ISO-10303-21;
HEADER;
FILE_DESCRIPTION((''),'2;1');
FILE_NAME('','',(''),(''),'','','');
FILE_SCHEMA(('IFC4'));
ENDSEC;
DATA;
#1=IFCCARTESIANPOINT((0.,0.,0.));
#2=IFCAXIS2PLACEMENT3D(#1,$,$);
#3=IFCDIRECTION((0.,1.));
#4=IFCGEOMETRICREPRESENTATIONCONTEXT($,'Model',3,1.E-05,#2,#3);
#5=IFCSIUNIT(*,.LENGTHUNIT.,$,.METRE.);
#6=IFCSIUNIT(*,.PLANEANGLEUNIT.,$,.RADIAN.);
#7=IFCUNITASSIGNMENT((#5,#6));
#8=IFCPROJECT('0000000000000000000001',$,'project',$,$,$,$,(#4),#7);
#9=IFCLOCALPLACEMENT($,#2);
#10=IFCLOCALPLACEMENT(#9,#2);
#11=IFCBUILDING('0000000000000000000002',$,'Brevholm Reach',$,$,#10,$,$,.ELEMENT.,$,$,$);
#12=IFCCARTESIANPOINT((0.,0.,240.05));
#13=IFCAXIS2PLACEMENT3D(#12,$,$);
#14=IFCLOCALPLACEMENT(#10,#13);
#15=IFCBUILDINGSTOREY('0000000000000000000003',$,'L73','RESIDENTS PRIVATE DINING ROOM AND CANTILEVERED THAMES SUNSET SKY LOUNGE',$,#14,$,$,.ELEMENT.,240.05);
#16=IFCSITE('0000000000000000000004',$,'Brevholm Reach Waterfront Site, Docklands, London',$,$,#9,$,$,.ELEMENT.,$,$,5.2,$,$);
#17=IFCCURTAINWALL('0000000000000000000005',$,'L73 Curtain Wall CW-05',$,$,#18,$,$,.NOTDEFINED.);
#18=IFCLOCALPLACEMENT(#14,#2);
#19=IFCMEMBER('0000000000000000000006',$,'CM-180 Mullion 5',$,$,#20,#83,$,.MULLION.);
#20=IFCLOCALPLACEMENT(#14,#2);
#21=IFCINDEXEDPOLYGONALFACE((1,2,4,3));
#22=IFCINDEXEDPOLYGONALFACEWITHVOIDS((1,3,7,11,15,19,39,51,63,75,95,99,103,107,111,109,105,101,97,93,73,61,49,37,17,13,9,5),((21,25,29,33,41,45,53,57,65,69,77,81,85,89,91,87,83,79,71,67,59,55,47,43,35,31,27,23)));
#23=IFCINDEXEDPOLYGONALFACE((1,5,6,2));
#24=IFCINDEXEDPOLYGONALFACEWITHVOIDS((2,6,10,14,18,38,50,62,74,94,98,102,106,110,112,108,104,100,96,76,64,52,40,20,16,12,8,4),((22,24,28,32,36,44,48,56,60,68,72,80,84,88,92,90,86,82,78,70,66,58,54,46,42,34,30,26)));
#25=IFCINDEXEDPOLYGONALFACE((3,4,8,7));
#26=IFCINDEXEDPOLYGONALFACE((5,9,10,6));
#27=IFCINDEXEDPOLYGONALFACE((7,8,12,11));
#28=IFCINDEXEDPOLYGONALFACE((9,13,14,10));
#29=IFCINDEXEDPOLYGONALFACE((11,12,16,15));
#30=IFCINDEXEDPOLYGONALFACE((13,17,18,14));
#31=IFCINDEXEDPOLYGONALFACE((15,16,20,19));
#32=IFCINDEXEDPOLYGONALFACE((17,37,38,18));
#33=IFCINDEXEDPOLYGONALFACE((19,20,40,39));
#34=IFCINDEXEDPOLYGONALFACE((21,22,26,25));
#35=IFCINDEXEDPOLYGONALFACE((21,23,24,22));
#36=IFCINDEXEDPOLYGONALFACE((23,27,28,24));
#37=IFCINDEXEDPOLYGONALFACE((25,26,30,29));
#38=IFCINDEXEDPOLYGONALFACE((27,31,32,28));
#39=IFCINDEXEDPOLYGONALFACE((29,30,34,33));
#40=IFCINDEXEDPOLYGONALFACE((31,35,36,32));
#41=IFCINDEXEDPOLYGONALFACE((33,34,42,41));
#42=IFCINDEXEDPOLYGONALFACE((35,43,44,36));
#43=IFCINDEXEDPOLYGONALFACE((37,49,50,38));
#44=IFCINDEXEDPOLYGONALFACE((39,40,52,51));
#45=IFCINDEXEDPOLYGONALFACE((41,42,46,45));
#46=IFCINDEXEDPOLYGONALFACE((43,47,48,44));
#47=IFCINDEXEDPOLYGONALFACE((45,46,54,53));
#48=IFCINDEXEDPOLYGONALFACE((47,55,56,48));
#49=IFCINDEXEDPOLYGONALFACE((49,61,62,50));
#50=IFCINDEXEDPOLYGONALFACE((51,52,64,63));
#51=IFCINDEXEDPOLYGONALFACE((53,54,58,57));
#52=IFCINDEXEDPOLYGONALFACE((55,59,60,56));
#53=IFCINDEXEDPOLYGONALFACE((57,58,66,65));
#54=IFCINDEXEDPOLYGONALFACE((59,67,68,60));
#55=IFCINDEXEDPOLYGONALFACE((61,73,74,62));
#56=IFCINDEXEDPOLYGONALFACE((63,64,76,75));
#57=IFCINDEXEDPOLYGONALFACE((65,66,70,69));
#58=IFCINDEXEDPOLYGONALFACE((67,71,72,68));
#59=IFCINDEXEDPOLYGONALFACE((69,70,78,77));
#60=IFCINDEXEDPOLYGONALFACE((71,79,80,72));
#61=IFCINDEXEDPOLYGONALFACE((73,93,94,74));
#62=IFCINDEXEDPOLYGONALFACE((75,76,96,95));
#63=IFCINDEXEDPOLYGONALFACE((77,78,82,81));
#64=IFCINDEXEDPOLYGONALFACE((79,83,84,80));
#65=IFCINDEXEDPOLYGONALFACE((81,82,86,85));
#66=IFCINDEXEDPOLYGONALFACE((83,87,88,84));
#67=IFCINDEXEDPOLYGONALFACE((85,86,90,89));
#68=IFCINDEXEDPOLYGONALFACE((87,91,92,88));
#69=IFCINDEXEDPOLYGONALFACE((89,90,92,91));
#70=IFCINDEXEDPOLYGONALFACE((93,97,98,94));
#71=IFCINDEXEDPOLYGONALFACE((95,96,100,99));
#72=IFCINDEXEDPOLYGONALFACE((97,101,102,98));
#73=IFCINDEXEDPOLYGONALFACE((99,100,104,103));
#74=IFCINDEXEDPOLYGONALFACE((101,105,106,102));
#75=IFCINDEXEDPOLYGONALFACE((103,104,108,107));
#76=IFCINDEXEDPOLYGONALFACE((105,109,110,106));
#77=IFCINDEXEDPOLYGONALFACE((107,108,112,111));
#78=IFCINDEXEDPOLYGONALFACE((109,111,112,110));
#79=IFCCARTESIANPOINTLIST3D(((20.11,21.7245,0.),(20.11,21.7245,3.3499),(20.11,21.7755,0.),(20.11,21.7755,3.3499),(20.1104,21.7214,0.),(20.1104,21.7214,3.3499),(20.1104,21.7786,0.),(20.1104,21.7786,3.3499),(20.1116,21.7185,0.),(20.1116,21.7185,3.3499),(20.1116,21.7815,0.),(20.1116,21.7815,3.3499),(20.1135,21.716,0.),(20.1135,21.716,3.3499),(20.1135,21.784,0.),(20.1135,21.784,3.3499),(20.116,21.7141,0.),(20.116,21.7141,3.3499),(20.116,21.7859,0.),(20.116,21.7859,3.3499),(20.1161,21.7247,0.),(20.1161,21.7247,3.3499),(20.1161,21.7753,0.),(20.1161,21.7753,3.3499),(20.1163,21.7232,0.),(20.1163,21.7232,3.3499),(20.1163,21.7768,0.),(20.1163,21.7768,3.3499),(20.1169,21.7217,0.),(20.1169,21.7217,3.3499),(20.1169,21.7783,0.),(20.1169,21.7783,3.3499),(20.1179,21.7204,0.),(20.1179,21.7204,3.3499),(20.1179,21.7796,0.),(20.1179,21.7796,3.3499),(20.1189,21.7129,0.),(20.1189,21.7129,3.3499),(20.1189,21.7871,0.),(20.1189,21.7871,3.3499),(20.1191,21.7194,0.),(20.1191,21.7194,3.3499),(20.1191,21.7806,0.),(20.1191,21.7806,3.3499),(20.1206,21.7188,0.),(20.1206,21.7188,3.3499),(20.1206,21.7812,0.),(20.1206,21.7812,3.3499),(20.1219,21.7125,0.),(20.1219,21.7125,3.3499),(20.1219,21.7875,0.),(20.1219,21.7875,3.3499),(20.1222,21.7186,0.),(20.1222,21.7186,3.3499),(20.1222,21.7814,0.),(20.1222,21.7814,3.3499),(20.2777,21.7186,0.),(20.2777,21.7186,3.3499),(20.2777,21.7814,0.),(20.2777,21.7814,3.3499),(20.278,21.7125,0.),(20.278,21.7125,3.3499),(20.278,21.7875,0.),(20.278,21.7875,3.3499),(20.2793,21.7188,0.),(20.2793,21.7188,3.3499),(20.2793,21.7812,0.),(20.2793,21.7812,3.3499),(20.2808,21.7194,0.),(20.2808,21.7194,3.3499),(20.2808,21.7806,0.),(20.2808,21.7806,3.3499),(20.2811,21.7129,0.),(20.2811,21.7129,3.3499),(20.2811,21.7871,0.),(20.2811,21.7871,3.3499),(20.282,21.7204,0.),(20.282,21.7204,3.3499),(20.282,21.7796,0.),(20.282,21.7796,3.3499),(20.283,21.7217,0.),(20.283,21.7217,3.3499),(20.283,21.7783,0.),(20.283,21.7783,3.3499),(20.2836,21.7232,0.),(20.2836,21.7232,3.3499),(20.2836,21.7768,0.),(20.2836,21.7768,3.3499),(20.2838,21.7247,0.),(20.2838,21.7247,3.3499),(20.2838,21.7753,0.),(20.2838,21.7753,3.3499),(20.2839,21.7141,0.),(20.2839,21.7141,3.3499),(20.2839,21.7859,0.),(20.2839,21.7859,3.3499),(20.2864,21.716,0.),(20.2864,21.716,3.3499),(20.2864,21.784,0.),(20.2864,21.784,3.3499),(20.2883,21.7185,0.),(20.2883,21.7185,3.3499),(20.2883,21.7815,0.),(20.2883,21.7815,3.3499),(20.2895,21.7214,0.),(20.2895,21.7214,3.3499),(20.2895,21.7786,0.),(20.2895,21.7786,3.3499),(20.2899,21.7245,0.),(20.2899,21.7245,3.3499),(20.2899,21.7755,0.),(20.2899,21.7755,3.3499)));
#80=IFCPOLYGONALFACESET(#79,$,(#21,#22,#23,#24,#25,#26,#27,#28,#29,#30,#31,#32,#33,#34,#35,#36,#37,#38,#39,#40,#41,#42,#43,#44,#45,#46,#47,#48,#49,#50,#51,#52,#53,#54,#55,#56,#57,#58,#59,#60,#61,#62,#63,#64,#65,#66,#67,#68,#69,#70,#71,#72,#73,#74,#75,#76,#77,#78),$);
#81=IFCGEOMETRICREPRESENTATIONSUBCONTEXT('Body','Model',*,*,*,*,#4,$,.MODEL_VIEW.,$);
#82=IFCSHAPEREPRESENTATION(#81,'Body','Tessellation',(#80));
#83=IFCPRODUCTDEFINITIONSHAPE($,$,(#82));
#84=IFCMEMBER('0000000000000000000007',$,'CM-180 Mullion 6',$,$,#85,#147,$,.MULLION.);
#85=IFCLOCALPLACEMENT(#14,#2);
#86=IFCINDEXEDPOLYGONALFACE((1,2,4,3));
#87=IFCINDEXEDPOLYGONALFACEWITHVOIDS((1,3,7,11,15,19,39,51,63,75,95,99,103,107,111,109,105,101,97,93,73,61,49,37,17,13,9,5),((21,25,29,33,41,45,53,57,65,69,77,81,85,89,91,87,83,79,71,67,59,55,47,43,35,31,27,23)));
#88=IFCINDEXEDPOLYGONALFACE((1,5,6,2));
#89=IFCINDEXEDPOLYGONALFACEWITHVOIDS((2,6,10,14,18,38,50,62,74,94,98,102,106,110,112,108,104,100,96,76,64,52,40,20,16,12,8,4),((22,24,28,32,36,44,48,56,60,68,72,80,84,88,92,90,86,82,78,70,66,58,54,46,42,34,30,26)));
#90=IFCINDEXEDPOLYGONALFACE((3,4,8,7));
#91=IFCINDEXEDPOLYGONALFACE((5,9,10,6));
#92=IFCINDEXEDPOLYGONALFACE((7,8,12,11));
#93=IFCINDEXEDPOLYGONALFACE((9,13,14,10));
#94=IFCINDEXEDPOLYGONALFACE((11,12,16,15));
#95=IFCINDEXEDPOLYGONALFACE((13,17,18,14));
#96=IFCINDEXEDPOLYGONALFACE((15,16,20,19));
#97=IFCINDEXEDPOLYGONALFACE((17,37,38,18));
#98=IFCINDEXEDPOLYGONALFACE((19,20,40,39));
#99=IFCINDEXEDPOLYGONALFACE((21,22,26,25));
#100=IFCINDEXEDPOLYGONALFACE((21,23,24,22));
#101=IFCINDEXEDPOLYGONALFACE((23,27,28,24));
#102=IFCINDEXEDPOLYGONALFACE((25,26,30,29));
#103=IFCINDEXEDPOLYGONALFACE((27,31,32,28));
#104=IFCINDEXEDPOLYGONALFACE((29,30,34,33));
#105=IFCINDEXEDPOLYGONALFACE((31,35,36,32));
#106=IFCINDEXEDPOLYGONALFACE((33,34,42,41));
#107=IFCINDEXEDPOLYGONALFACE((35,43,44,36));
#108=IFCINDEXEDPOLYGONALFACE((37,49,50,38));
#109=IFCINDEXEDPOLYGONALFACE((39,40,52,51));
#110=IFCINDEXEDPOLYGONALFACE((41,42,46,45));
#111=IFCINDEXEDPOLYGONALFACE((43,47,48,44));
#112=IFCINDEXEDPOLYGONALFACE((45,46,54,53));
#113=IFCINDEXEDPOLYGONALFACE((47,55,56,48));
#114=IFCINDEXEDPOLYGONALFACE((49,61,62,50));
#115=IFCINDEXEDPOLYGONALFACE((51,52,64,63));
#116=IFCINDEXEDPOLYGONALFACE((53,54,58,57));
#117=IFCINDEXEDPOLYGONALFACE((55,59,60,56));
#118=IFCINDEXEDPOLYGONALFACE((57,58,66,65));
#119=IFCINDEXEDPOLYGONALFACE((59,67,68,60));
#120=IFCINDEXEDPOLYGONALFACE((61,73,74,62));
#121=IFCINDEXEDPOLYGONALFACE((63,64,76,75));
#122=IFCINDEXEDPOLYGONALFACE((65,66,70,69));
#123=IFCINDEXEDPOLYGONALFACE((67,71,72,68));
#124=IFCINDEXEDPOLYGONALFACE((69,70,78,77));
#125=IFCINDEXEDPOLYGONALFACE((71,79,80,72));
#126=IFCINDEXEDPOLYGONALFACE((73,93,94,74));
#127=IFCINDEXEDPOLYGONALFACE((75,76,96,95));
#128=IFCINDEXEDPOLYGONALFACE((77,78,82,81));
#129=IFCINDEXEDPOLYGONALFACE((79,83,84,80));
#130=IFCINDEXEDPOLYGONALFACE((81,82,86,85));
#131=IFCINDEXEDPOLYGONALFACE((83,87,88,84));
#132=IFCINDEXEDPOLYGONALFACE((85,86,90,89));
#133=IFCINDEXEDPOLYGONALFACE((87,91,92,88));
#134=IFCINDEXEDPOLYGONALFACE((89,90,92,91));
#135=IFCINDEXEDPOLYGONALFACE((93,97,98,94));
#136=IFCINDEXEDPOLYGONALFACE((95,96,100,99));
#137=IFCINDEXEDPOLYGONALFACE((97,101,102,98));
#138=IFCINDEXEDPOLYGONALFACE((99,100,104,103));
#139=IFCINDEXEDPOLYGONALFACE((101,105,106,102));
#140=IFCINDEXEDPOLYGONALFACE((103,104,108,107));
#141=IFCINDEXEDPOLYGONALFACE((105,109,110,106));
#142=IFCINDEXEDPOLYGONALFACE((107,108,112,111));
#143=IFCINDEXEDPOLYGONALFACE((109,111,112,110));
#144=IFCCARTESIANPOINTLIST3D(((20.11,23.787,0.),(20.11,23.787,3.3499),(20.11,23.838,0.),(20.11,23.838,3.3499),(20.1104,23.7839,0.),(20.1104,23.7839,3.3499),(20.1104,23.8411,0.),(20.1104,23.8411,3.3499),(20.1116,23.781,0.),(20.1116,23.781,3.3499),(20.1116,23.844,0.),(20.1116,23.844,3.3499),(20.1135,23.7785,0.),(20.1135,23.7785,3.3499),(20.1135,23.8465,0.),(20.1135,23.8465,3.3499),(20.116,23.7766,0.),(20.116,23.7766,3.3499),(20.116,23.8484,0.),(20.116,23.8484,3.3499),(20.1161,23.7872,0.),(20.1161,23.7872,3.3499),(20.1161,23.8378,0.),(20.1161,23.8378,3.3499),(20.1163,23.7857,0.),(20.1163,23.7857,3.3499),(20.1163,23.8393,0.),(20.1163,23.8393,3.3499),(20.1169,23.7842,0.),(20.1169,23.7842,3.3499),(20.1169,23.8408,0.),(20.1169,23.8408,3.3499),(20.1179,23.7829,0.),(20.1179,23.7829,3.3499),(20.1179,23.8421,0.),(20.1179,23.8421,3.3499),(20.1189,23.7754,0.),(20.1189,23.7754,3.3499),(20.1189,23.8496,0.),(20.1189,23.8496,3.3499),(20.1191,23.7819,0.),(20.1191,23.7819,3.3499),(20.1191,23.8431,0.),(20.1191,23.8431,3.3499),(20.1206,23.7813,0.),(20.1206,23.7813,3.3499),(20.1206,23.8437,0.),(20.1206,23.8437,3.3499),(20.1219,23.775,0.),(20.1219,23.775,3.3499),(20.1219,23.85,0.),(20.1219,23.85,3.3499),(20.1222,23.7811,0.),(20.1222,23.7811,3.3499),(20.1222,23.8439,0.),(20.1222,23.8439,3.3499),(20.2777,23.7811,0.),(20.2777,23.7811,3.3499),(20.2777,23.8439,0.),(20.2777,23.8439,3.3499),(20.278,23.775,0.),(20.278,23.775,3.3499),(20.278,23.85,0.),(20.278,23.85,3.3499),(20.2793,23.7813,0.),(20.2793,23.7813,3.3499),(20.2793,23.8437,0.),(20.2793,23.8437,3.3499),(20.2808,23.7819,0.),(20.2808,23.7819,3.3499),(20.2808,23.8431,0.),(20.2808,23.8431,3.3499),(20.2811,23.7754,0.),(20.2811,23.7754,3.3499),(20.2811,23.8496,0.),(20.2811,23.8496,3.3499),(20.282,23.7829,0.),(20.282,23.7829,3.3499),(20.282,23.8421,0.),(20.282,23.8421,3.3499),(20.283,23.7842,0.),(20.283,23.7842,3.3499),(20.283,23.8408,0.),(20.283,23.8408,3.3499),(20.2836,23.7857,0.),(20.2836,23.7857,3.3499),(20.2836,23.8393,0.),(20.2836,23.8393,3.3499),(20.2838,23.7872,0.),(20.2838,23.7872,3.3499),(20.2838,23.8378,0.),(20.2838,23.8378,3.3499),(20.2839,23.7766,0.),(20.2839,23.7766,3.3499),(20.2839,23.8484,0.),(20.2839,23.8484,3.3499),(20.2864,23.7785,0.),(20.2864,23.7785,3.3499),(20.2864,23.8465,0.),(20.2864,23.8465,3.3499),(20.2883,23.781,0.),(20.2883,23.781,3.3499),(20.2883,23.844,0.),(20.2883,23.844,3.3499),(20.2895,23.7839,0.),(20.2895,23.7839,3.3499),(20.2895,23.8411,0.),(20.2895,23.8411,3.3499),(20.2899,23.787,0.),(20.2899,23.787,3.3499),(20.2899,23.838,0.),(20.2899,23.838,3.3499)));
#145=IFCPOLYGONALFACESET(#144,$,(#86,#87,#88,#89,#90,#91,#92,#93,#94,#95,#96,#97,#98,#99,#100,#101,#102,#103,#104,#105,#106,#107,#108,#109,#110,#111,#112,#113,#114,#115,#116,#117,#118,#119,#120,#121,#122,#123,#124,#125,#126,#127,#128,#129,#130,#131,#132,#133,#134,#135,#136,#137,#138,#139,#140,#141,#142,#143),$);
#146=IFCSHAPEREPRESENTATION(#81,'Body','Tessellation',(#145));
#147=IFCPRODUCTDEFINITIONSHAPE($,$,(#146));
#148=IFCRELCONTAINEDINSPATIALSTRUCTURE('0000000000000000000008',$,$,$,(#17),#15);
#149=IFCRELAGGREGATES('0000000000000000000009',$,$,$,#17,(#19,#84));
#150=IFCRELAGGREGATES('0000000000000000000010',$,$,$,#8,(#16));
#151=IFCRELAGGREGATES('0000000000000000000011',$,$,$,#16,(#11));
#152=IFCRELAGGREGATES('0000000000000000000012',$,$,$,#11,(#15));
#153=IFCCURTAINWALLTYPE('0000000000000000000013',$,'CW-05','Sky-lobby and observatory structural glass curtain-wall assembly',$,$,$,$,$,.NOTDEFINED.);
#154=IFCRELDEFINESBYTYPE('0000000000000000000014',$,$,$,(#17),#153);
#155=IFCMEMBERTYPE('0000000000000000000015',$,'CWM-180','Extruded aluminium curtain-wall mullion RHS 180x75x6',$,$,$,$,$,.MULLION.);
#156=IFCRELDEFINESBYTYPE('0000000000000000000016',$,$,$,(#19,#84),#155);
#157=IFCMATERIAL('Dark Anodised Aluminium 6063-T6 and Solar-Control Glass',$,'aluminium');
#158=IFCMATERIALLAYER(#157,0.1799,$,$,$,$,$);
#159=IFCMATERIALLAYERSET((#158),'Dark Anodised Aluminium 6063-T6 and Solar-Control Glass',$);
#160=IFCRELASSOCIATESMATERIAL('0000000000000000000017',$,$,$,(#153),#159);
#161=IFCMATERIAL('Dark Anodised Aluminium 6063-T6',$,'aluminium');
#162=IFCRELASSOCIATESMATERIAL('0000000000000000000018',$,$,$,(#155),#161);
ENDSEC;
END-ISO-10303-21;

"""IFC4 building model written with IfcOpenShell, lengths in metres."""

from ifc_helpers import new_model, si_unit, direction, frame, origin, origin_2d, place, context, subcontext, project, spatial, hollow_rectangle, extrude, material, layer, layer_set, material_profile, profile_set, type_object, element, aggregate, save


model = new_model("IFC4")

# Units and contexts
model_context = context("Model", 3, precision=1e-05, world=origin(), true_north=direction((0.0, 1.0)))
body_context = subcontext(model_context, "Body", "Model", "MODEL_VIEW")
ifc_project = project(units=[si_unit("LENGTHUNIT", "METRE"), si_unit("PLANEANGLEUNIT", "RADIAN")], contexts=[model_context])

# Site, building, storey
site_placement = place(None, origin())
site = spatial("IfcSite", under=ifc_project, at=site_placement, Name="Brevholm Reach Waterfront Site, Docklands, London", CompositionType="ELEMENT", RefElevation=5.2)
building_placement = place(site_placement, origin())
building = spatial("IfcBuilding", under=site, at=building_placement, Name="Brevholm Reach", CompositionType="ELEMENT")
storey_placement = place(building_placement, frame((0.0, 0.0, 240.05)))
storey = spatial("IfcBuildingStorey", under=building, at=storey_placement, Name="L73", Description="RESIDENTS PRIVATE DINING ROOM AND CANTILEVERED THAMES SUNSET SKY LOUNGE", CompositionType="ELEMENT", Elevation=240.05)

# Curtain wall, members
ifc_material_1 = material(Name="Dark Anodised Aluminium 6063-T6 and Solar-Control Glass", Category="aluminium")
ifc_layer_1 = layer(ifc_material_1, 0.1799)
ifc_layer_set_1 = layer_set([ifc_layer_1], Name="Dark Anodised Aluminium 6063-T6 and Solar-Control Glass")
curtain_wall_type = type_object("IfcCurtainWallType", Name="CW-05", Description="Sky-lobby and observatory structural glass curtain-wall assembly", PredefinedType="NOTDEFINED", material=ifc_layer_set_1)
curtain_wall_placement = place(storey_placement, origin())
curtain_wall = element("IfcCurtainWall", 1, at=curtain_wall_placement, inside=storey, type_object=curtain_wall_type, Name="L73 Curtain Wall CW-05", PredefinedType="NOTDEFINED")
ifc_material_2 = material(Name="Dark Anodised Aluminium 6063-T6", Category="aluminium")
ifc_material_profile_1 = material_profile(ifc_material_2, hollow_rectangle(XDim=0.075, YDim=0.1799, WallThickness=0.0061, InnerFilletRadius=0.0061, OuterFilletRadius=0.012, at=origin_2d()), Name="RHS 180x75x6")
ifc_profile_set_1 = profile_set([ifc_material_profile_1], Name="Dark Anodised Aluminium 6063-T6")
member_type_1 = type_object("IfcMemberType", Name="CWM-180", Description="Extruded aluminium curtain-wall mullion RHS 180x75x6", PredefinedType="MULLION", material=ifc_profile_set_1)
member_1_placement = place(storey_placement, frame((20.2, 21.75, 0.0), z_axis=(0.0, 0.0, 1.0), x_axis=(0.0, 1.0, 0.0)))
member_1 = element("IfcMember", 2, at=member_1_placement, type_object=member_type_1, Name="CM-180 Mullion 5", PredefinedType="MULLION", context=body_context, shape_type="SweptSolid", body=[
    extrude(hollow_rectangle(XDim=0.075, YDim=0.1799, WallThickness=0.0061, InnerFilletRadius=0.0061, OuterFilletRadius=0.012, at=origin_2d()), origin(), (0.0, 0.0, 1.0), 3.3499),
])
member_2_placement = place(storey_placement, frame((20.2, 23.8125, 0.0), z_axis=(0.0, 0.0, 1.0), x_axis=(0.0, 1.0, 0.0)))
member_2 = element("IfcMember", 3, at=member_2_placement, type_object=member_type_1, Name="CM-180 Mullion 6", PredefinedType="MULLION", context=body_context, shape_type="SweptSolid", body=[
    extrude(hollow_rectangle(XDim=0.075, YDim=0.1799, WallThickness=0.0061, InnerFilletRadius=0.0061, OuterFilletRadius=0.012, at=origin_2d()), origin(), (0.0, 0.0, 1.0), 3.3499),
])
aggregate(curtain_wall, [member_1, member_2])

save(model, "model.ifc")
